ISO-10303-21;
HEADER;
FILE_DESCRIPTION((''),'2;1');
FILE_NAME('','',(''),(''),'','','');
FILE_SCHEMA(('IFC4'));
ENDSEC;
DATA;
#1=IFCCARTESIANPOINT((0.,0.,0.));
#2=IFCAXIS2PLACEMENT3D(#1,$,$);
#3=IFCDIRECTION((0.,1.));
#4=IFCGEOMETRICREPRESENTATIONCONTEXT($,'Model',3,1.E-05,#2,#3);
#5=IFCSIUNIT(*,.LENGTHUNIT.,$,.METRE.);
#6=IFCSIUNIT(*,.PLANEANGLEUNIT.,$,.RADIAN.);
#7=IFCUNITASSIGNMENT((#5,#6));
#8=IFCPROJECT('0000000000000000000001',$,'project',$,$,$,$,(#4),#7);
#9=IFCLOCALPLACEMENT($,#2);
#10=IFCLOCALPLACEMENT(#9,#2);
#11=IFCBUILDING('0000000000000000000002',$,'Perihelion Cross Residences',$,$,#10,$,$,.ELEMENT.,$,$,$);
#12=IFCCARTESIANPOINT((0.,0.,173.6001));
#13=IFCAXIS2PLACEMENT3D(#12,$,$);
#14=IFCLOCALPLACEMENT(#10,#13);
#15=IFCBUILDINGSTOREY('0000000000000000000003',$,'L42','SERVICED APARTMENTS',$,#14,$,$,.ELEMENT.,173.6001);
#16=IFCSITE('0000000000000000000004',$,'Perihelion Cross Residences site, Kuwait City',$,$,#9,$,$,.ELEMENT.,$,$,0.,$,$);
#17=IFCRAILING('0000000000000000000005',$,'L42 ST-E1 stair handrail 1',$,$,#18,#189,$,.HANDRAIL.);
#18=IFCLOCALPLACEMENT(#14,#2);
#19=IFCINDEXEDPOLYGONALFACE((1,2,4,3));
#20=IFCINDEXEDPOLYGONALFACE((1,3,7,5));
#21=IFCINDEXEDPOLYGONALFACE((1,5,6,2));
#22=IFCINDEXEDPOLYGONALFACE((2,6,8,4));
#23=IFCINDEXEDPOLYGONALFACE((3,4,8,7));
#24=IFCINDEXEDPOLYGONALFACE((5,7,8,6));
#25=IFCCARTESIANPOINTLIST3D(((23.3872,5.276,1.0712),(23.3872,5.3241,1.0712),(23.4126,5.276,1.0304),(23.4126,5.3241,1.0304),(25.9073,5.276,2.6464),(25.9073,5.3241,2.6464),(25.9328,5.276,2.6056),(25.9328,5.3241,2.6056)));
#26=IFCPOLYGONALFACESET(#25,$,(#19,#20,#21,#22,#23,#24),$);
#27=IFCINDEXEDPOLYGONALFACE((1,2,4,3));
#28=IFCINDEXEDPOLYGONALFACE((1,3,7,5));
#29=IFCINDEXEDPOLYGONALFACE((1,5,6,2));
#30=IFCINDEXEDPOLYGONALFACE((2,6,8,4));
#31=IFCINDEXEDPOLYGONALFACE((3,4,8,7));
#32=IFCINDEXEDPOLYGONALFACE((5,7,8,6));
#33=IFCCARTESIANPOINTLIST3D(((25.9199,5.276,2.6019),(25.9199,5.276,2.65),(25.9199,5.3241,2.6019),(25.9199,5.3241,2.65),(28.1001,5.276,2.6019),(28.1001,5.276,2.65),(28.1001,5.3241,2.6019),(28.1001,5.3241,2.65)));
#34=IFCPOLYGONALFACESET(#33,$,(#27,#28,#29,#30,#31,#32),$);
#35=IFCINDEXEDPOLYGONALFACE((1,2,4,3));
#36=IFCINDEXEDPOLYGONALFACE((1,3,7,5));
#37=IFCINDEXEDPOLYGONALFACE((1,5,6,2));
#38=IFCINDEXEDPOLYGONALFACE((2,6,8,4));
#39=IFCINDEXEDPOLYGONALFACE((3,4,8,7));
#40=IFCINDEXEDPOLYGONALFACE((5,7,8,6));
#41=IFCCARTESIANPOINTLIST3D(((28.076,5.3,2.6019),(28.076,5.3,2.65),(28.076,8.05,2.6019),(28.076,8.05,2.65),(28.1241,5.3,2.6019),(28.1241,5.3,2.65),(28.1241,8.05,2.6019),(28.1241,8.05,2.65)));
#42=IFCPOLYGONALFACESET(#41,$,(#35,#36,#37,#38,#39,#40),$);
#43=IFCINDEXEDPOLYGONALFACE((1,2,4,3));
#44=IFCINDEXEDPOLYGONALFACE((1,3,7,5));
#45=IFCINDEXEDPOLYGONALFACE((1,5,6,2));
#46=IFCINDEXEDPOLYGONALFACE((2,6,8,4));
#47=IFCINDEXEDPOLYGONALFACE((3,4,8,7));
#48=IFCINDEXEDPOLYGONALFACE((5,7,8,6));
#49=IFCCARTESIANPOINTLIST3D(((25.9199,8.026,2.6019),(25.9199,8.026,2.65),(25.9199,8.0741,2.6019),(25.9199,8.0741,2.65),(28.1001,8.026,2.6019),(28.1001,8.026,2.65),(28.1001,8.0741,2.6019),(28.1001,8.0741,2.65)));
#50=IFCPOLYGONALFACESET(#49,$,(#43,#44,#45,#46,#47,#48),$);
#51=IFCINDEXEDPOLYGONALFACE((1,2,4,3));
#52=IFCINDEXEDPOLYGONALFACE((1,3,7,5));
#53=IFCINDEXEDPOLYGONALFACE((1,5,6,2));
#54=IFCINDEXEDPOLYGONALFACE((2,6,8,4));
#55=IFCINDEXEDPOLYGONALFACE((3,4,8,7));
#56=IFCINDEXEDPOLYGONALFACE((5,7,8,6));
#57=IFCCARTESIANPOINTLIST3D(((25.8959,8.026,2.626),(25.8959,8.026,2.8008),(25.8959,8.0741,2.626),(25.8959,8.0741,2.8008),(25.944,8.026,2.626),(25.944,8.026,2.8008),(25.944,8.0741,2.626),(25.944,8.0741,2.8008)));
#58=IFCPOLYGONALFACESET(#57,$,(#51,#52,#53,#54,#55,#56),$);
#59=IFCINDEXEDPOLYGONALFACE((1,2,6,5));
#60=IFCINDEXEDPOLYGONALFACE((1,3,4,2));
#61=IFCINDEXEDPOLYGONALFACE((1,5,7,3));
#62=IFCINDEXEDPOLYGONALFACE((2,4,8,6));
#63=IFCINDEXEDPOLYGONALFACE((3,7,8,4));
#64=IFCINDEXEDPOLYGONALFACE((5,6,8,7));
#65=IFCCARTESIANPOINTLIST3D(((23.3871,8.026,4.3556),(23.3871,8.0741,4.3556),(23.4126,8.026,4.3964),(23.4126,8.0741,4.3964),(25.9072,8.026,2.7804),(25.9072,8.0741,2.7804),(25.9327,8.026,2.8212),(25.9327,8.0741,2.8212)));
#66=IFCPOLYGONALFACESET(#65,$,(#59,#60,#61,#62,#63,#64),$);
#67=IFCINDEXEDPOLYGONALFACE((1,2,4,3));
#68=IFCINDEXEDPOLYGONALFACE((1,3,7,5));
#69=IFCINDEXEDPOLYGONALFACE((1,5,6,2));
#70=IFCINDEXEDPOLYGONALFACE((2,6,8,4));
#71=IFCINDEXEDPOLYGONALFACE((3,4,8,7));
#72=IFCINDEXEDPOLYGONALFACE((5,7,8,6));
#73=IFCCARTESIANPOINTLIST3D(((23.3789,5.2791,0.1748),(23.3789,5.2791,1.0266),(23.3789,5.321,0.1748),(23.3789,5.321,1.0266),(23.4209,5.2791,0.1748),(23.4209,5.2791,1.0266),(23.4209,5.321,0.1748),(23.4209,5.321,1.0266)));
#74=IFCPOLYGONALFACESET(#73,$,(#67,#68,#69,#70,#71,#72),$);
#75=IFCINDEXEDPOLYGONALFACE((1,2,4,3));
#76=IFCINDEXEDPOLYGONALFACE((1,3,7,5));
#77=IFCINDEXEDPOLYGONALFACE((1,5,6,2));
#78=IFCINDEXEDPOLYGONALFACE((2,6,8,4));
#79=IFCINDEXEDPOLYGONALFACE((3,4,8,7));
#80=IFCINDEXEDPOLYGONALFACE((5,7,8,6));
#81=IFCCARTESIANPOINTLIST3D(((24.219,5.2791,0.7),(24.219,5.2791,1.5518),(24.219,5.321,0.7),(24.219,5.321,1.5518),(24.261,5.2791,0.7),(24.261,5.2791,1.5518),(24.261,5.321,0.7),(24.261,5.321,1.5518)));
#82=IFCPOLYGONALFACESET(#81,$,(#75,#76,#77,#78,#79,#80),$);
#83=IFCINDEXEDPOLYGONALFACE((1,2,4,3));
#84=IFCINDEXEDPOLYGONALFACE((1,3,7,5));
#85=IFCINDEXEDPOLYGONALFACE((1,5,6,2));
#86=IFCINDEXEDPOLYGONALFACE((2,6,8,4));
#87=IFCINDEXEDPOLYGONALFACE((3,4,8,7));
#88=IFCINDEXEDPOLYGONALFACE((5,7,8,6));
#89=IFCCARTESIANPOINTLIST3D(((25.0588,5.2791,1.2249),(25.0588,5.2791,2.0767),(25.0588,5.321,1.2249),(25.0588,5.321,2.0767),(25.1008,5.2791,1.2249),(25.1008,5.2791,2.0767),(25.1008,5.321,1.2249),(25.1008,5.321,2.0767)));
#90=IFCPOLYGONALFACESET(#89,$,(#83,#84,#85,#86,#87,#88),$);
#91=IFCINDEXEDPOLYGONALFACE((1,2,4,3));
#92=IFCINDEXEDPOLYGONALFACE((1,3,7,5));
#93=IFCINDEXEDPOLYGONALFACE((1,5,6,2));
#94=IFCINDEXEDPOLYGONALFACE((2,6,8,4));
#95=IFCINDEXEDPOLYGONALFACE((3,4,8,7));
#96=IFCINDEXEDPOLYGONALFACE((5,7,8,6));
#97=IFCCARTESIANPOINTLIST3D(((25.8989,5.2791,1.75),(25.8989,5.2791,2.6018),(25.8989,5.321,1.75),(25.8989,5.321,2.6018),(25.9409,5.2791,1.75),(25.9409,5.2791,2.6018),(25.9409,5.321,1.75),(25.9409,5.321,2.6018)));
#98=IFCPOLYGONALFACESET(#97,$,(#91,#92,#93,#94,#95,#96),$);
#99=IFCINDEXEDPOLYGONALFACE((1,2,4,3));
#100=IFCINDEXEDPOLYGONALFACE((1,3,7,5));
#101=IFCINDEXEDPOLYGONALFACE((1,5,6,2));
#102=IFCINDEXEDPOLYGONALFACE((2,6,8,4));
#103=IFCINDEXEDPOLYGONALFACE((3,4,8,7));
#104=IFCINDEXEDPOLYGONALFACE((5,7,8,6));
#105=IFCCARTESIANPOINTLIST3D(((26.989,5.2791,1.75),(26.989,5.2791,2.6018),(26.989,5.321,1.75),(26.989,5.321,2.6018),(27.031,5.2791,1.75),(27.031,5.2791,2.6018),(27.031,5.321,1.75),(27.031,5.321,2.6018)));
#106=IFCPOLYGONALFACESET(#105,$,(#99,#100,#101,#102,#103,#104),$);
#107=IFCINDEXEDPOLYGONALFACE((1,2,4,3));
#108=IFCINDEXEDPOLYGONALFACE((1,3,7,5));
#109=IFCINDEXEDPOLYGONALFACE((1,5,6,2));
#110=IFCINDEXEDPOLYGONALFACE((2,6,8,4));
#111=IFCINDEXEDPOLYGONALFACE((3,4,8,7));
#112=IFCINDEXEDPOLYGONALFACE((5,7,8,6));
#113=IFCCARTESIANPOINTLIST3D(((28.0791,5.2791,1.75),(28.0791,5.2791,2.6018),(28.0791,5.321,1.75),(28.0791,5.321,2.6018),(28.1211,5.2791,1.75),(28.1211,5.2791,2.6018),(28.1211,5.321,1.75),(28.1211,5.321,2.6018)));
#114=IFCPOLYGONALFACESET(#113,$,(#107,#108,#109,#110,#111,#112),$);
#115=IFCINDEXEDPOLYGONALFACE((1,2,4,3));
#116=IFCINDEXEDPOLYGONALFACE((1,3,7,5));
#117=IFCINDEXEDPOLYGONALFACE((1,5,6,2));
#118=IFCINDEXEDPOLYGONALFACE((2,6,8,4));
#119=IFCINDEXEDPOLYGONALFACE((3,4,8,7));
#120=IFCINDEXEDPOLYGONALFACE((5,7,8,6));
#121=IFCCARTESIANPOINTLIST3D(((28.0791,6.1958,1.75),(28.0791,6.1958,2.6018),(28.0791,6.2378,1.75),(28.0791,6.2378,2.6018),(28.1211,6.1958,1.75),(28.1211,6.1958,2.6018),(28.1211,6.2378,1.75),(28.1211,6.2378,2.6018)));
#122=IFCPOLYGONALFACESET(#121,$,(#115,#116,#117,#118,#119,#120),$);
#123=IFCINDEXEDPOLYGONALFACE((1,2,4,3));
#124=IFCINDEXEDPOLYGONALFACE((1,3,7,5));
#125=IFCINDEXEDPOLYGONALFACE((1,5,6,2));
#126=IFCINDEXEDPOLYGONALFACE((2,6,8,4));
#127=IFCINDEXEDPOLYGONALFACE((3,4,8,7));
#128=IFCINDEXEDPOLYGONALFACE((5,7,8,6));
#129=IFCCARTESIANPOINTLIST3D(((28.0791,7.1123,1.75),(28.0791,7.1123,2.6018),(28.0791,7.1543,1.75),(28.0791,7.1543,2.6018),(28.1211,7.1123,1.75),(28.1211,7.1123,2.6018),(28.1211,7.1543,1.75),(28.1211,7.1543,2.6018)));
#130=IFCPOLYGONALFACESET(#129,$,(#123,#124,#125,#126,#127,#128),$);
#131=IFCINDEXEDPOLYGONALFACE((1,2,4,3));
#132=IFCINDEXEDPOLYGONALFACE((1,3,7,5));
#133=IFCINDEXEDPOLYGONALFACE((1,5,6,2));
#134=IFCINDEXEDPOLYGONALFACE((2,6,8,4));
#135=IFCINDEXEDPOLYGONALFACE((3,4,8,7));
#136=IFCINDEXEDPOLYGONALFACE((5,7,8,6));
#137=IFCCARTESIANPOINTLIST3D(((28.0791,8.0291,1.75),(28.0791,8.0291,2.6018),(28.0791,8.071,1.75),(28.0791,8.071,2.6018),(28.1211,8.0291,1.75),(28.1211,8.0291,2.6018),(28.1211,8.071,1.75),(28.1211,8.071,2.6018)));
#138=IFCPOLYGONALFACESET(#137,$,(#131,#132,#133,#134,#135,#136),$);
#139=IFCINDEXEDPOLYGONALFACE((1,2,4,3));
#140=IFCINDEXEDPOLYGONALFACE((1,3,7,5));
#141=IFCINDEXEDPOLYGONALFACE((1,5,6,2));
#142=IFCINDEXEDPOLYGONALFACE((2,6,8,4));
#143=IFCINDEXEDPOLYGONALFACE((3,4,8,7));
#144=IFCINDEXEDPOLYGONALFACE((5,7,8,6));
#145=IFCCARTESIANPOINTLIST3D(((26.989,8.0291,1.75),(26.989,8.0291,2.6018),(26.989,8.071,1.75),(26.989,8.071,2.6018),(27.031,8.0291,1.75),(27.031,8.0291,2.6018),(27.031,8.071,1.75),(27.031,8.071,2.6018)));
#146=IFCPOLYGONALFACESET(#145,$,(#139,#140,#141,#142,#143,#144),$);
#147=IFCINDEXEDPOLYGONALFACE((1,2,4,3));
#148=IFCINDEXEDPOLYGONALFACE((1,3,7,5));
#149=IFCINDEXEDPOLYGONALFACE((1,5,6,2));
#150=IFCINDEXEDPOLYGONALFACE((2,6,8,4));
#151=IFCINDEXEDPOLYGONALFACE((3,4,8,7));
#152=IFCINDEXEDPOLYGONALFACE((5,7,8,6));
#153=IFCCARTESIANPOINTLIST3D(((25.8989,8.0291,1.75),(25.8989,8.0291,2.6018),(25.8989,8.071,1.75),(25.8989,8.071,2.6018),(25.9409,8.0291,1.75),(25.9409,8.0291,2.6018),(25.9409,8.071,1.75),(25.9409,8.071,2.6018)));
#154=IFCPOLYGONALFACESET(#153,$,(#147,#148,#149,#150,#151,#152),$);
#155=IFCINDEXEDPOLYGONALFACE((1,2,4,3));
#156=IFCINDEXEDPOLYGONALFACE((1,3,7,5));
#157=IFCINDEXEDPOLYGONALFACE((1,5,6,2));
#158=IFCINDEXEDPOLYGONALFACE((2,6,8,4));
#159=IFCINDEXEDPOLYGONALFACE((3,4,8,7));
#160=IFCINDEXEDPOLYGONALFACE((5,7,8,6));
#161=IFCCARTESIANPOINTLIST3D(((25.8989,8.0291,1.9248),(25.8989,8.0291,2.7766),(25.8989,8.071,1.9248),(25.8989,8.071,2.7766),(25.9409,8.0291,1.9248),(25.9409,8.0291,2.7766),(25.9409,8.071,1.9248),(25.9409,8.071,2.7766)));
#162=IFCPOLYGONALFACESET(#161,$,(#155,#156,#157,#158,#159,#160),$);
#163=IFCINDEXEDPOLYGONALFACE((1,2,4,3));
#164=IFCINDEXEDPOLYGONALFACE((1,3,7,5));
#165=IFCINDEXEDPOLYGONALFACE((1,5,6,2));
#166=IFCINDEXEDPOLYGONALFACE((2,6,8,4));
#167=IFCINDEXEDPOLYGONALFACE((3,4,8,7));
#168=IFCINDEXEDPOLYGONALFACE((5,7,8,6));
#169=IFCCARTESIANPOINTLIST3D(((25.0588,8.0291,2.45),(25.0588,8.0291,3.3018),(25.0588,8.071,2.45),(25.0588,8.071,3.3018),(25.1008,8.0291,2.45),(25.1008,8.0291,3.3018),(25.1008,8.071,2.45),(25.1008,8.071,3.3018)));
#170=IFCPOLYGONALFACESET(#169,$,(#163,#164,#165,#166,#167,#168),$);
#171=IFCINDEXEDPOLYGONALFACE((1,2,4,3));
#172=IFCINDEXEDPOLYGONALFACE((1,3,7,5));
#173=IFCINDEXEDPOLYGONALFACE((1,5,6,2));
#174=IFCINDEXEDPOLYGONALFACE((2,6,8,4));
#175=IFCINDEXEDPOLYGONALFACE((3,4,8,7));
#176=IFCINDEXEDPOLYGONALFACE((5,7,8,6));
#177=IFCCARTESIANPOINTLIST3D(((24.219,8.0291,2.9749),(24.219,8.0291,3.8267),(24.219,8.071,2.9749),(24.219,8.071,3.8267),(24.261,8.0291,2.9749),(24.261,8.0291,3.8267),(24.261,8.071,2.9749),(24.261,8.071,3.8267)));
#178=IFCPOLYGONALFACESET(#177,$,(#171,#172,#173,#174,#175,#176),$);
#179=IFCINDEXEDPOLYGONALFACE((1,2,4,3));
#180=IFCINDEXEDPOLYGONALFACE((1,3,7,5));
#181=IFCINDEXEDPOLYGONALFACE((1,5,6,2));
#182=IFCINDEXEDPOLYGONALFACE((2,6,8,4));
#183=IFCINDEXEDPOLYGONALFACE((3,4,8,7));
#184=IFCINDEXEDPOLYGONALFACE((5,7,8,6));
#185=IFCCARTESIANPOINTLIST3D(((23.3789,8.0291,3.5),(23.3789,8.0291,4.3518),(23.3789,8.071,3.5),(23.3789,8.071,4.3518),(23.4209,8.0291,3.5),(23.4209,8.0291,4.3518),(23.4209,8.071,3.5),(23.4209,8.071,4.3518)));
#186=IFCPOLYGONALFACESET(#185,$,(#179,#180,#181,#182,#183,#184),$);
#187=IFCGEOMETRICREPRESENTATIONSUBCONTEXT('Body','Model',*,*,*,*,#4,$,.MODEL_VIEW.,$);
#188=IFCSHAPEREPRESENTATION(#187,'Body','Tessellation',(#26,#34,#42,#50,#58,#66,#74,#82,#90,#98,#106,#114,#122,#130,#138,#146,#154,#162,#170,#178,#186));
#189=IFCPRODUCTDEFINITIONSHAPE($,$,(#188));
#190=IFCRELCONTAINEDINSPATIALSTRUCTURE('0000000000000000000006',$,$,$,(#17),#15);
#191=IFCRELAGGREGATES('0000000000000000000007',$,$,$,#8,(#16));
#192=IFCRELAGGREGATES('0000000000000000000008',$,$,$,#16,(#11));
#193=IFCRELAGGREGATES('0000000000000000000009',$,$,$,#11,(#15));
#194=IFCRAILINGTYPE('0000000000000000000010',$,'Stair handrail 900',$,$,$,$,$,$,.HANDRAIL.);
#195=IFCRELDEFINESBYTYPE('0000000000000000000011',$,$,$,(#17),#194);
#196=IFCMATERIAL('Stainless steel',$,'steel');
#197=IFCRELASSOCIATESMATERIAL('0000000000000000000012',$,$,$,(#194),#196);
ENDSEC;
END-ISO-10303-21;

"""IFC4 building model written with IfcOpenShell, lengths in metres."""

from ifc_helpers import new_model, si_unit, direction, frame, origin, origin_2d, place, context, subcontext, project, spatial, rectangle, extrude, material, type_object, element, save


model = new_model("IFC4")

# Units and contexts
model_context = context("Model", 3, precision=1e-05, world=origin(), true_north=direction((0.0, 1.0)))
body_context = subcontext(model_context, "Body", "Model", "MODEL_VIEW")
ifc_project = project(units=[si_unit("LENGTHUNIT", "METRE"), si_unit("PLANEANGLEUNIT", "RADIAN")], contexts=[model_context])

# Site, building, storey
site_placement = place(None, origin())
site = spatial("IfcSite", under=ifc_project, at=site_placement, Name="Perihelion Cross Residences site, Kuwait City", CompositionType="ELEMENT", RefElevation=0.0)
building_placement = place(site_placement, origin())
building = spatial("IfcBuilding", under=site, at=building_placement, Name="Perihelion Cross Residences", CompositionType="ELEMENT")
storey_placement = place(building_placement, frame((0.0, 0.0, 173.6001)))
storey = spatial("IfcBuildingStorey", under=building, at=storey_placement, Name="L42", Description="SERVICED APARTMENTS", CompositionType="ELEMENT", Elevation=173.6001)

# Railing
ifc_material_1 = material(Name="Stainless steel", Category="steel")
railing_type_1 = type_object("IfcRailingType", Name="Stair handrail 900", PredefinedType="HANDRAIL", material=ifc_material_1)
railing_1_placement = place(storey_placement, frame((23.3999, 5.3, 0.1748)))
element("IfcRailing", 1, at=railing_1_placement, inside=storey, type_object=railing_type_1, Name="L42 ST-E1 stair handrail 1", PredefinedType="HANDRAIL", context=body_context, shape_type="SweptSolid", body=[
    extrude(rectangle(XDim=0.0481, YDim=0.0481, at=origin_2d()), frame((0.0, 0.0, 0.876), z_axis=(0.847971, 0.0, 0.530043), x_axis=(0.0, 1.0, 0.0)), (0.0, 0.0, 1.0), 2.9719),
    extrude(rectangle(XDim=0.0481, YDim=0.0481, at=origin_2d()), frame((2.52, 0.0, 2.4512), z_axis=(1.0, 0.0, 0.0), x_axis=(0.0, 1.0, 0.0)), (0.0, 0.0, 1.0), 2.1802),
    extrude(rectangle(XDim=0.0481, YDim=0.0481, at=origin_2d()), frame((4.7002, 0.0, 2.4512), z_axis=(0.0, 1.0, 0.0), x_axis=(-1.0, 0.0, 0.0)), (0.0, 0.0, 1.0), 2.75),
    extrude(rectangle(XDim=0.0481, YDim=0.0481, at=origin_2d()), frame((4.7002, 2.75, 2.4512), z_axis=(-1.0, 0.0, 0.0), x_axis=(0.0, -1.0, 0.0)), (0.0, 0.0, 1.0), 2.1802),
    extrude(rectangle(XDim=0.0481, YDim=0.0481, at=origin_2d()), frame((2.52, 2.75, 2.4512), z_axis=(0.0, 0.0, 1.0), x_axis=(1.0, 0.0, 0.0)), (0.0, 0.0, 1.0), 0.1748),
    extrude(rectangle(XDim=0.0481, YDim=0.0481, at=origin_2d()), frame((2.52, 2.75, 2.626), z_axis=(-0.847971, 0.0, 0.530043), x_axis=(0.0, -1.0, 0.0)), (0.0, 0.0, 1.0), 2.9719),
    extrude(rectangle(XDim=0.042, YDim=0.042, at=origin_2d()), origin(), (0.0, 0.0, 1.0), 0.8518),
    extrude(rectangle(XDim=0.042, YDim=0.042, at=origin_2d()), frame((0.8401, 0.0, 0.5251)), (0.0, 0.0, 1.0), 0.8518),
    extrude(rectangle(XDim=0.042, YDim=0.042, at=origin_2d()), frame((1.6799, 0.0, 1.05)), (0.0, 0.0, 1.0), 0.8518),
    extrude(rectangle(XDim=0.042, YDim=0.042, at=origin_2d()), frame((2.52, 0.0, 1.5752)), (0.0, 0.0, 1.0), 0.8518),
    extrude(rectangle(XDim=0.042, YDim=0.042, at=origin_2d()), frame((3.6101, 0.0, 1.5752)), (0.0, 0.0, 1.0), 0.8518),
    extrude(rectangle(XDim=0.042, YDim=0.042, at=origin_2d()), frame((4.7002, 0.0, 1.5752)), (0.0, 0.0, 1.0), 0.8518),
    extrude(rectangle(XDim=0.042, YDim=0.042, at=origin_2d()), frame((4.7002, 0.9167, 1.5752)), (0.0, 0.0, 1.0), 0.8518),
    extrude(rectangle(XDim=0.042, YDim=0.042, at=origin_2d()), frame((4.7002, 1.8333, 1.5752)), (0.0, 0.0, 1.0), 0.8518),
    extrude(rectangle(XDim=0.042, YDim=0.042, at=origin_2d()), frame((4.7002, 2.75, 1.5752)), (0.0, 0.0, 1.0), 0.8518),
    extrude(rectangle(XDim=0.042, YDim=0.042, at=origin_2d()), frame((3.6101, 2.75, 1.5752)), (0.0, 0.0, 1.0), 0.8518),
    extrude(rectangle(XDim=0.042, YDim=0.042, at=origin_2d()), frame((2.52, 2.75, 1.5752)), (0.0, 0.0, 1.0), 0.8518),
    extrude(rectangle(XDim=0.042, YDim=0.042, at=origin_2d()), frame((2.52, 2.75, 1.75)), (0.0, 0.0, 1.0), 0.8518),
    extrude(rectangle(XDim=0.042, YDim=0.042, at=origin_2d()), frame((1.6799, 2.75, 2.2751)), (0.0, 0.0, 1.0), 0.8518),
    extrude(rectangle(XDim=0.042, YDim=0.042, at=origin_2d()), frame((0.8401, 2.75, 2.8)), (0.0, 0.0, 1.0), 0.8518),
    extrude(rectangle(XDim=0.042, YDim=0.042, at=origin_2d()), frame((0.0, 2.75, 3.3252)), (0.0, 0.0, 1.0), 0.8518),
])

save(model, "model.ifc")
